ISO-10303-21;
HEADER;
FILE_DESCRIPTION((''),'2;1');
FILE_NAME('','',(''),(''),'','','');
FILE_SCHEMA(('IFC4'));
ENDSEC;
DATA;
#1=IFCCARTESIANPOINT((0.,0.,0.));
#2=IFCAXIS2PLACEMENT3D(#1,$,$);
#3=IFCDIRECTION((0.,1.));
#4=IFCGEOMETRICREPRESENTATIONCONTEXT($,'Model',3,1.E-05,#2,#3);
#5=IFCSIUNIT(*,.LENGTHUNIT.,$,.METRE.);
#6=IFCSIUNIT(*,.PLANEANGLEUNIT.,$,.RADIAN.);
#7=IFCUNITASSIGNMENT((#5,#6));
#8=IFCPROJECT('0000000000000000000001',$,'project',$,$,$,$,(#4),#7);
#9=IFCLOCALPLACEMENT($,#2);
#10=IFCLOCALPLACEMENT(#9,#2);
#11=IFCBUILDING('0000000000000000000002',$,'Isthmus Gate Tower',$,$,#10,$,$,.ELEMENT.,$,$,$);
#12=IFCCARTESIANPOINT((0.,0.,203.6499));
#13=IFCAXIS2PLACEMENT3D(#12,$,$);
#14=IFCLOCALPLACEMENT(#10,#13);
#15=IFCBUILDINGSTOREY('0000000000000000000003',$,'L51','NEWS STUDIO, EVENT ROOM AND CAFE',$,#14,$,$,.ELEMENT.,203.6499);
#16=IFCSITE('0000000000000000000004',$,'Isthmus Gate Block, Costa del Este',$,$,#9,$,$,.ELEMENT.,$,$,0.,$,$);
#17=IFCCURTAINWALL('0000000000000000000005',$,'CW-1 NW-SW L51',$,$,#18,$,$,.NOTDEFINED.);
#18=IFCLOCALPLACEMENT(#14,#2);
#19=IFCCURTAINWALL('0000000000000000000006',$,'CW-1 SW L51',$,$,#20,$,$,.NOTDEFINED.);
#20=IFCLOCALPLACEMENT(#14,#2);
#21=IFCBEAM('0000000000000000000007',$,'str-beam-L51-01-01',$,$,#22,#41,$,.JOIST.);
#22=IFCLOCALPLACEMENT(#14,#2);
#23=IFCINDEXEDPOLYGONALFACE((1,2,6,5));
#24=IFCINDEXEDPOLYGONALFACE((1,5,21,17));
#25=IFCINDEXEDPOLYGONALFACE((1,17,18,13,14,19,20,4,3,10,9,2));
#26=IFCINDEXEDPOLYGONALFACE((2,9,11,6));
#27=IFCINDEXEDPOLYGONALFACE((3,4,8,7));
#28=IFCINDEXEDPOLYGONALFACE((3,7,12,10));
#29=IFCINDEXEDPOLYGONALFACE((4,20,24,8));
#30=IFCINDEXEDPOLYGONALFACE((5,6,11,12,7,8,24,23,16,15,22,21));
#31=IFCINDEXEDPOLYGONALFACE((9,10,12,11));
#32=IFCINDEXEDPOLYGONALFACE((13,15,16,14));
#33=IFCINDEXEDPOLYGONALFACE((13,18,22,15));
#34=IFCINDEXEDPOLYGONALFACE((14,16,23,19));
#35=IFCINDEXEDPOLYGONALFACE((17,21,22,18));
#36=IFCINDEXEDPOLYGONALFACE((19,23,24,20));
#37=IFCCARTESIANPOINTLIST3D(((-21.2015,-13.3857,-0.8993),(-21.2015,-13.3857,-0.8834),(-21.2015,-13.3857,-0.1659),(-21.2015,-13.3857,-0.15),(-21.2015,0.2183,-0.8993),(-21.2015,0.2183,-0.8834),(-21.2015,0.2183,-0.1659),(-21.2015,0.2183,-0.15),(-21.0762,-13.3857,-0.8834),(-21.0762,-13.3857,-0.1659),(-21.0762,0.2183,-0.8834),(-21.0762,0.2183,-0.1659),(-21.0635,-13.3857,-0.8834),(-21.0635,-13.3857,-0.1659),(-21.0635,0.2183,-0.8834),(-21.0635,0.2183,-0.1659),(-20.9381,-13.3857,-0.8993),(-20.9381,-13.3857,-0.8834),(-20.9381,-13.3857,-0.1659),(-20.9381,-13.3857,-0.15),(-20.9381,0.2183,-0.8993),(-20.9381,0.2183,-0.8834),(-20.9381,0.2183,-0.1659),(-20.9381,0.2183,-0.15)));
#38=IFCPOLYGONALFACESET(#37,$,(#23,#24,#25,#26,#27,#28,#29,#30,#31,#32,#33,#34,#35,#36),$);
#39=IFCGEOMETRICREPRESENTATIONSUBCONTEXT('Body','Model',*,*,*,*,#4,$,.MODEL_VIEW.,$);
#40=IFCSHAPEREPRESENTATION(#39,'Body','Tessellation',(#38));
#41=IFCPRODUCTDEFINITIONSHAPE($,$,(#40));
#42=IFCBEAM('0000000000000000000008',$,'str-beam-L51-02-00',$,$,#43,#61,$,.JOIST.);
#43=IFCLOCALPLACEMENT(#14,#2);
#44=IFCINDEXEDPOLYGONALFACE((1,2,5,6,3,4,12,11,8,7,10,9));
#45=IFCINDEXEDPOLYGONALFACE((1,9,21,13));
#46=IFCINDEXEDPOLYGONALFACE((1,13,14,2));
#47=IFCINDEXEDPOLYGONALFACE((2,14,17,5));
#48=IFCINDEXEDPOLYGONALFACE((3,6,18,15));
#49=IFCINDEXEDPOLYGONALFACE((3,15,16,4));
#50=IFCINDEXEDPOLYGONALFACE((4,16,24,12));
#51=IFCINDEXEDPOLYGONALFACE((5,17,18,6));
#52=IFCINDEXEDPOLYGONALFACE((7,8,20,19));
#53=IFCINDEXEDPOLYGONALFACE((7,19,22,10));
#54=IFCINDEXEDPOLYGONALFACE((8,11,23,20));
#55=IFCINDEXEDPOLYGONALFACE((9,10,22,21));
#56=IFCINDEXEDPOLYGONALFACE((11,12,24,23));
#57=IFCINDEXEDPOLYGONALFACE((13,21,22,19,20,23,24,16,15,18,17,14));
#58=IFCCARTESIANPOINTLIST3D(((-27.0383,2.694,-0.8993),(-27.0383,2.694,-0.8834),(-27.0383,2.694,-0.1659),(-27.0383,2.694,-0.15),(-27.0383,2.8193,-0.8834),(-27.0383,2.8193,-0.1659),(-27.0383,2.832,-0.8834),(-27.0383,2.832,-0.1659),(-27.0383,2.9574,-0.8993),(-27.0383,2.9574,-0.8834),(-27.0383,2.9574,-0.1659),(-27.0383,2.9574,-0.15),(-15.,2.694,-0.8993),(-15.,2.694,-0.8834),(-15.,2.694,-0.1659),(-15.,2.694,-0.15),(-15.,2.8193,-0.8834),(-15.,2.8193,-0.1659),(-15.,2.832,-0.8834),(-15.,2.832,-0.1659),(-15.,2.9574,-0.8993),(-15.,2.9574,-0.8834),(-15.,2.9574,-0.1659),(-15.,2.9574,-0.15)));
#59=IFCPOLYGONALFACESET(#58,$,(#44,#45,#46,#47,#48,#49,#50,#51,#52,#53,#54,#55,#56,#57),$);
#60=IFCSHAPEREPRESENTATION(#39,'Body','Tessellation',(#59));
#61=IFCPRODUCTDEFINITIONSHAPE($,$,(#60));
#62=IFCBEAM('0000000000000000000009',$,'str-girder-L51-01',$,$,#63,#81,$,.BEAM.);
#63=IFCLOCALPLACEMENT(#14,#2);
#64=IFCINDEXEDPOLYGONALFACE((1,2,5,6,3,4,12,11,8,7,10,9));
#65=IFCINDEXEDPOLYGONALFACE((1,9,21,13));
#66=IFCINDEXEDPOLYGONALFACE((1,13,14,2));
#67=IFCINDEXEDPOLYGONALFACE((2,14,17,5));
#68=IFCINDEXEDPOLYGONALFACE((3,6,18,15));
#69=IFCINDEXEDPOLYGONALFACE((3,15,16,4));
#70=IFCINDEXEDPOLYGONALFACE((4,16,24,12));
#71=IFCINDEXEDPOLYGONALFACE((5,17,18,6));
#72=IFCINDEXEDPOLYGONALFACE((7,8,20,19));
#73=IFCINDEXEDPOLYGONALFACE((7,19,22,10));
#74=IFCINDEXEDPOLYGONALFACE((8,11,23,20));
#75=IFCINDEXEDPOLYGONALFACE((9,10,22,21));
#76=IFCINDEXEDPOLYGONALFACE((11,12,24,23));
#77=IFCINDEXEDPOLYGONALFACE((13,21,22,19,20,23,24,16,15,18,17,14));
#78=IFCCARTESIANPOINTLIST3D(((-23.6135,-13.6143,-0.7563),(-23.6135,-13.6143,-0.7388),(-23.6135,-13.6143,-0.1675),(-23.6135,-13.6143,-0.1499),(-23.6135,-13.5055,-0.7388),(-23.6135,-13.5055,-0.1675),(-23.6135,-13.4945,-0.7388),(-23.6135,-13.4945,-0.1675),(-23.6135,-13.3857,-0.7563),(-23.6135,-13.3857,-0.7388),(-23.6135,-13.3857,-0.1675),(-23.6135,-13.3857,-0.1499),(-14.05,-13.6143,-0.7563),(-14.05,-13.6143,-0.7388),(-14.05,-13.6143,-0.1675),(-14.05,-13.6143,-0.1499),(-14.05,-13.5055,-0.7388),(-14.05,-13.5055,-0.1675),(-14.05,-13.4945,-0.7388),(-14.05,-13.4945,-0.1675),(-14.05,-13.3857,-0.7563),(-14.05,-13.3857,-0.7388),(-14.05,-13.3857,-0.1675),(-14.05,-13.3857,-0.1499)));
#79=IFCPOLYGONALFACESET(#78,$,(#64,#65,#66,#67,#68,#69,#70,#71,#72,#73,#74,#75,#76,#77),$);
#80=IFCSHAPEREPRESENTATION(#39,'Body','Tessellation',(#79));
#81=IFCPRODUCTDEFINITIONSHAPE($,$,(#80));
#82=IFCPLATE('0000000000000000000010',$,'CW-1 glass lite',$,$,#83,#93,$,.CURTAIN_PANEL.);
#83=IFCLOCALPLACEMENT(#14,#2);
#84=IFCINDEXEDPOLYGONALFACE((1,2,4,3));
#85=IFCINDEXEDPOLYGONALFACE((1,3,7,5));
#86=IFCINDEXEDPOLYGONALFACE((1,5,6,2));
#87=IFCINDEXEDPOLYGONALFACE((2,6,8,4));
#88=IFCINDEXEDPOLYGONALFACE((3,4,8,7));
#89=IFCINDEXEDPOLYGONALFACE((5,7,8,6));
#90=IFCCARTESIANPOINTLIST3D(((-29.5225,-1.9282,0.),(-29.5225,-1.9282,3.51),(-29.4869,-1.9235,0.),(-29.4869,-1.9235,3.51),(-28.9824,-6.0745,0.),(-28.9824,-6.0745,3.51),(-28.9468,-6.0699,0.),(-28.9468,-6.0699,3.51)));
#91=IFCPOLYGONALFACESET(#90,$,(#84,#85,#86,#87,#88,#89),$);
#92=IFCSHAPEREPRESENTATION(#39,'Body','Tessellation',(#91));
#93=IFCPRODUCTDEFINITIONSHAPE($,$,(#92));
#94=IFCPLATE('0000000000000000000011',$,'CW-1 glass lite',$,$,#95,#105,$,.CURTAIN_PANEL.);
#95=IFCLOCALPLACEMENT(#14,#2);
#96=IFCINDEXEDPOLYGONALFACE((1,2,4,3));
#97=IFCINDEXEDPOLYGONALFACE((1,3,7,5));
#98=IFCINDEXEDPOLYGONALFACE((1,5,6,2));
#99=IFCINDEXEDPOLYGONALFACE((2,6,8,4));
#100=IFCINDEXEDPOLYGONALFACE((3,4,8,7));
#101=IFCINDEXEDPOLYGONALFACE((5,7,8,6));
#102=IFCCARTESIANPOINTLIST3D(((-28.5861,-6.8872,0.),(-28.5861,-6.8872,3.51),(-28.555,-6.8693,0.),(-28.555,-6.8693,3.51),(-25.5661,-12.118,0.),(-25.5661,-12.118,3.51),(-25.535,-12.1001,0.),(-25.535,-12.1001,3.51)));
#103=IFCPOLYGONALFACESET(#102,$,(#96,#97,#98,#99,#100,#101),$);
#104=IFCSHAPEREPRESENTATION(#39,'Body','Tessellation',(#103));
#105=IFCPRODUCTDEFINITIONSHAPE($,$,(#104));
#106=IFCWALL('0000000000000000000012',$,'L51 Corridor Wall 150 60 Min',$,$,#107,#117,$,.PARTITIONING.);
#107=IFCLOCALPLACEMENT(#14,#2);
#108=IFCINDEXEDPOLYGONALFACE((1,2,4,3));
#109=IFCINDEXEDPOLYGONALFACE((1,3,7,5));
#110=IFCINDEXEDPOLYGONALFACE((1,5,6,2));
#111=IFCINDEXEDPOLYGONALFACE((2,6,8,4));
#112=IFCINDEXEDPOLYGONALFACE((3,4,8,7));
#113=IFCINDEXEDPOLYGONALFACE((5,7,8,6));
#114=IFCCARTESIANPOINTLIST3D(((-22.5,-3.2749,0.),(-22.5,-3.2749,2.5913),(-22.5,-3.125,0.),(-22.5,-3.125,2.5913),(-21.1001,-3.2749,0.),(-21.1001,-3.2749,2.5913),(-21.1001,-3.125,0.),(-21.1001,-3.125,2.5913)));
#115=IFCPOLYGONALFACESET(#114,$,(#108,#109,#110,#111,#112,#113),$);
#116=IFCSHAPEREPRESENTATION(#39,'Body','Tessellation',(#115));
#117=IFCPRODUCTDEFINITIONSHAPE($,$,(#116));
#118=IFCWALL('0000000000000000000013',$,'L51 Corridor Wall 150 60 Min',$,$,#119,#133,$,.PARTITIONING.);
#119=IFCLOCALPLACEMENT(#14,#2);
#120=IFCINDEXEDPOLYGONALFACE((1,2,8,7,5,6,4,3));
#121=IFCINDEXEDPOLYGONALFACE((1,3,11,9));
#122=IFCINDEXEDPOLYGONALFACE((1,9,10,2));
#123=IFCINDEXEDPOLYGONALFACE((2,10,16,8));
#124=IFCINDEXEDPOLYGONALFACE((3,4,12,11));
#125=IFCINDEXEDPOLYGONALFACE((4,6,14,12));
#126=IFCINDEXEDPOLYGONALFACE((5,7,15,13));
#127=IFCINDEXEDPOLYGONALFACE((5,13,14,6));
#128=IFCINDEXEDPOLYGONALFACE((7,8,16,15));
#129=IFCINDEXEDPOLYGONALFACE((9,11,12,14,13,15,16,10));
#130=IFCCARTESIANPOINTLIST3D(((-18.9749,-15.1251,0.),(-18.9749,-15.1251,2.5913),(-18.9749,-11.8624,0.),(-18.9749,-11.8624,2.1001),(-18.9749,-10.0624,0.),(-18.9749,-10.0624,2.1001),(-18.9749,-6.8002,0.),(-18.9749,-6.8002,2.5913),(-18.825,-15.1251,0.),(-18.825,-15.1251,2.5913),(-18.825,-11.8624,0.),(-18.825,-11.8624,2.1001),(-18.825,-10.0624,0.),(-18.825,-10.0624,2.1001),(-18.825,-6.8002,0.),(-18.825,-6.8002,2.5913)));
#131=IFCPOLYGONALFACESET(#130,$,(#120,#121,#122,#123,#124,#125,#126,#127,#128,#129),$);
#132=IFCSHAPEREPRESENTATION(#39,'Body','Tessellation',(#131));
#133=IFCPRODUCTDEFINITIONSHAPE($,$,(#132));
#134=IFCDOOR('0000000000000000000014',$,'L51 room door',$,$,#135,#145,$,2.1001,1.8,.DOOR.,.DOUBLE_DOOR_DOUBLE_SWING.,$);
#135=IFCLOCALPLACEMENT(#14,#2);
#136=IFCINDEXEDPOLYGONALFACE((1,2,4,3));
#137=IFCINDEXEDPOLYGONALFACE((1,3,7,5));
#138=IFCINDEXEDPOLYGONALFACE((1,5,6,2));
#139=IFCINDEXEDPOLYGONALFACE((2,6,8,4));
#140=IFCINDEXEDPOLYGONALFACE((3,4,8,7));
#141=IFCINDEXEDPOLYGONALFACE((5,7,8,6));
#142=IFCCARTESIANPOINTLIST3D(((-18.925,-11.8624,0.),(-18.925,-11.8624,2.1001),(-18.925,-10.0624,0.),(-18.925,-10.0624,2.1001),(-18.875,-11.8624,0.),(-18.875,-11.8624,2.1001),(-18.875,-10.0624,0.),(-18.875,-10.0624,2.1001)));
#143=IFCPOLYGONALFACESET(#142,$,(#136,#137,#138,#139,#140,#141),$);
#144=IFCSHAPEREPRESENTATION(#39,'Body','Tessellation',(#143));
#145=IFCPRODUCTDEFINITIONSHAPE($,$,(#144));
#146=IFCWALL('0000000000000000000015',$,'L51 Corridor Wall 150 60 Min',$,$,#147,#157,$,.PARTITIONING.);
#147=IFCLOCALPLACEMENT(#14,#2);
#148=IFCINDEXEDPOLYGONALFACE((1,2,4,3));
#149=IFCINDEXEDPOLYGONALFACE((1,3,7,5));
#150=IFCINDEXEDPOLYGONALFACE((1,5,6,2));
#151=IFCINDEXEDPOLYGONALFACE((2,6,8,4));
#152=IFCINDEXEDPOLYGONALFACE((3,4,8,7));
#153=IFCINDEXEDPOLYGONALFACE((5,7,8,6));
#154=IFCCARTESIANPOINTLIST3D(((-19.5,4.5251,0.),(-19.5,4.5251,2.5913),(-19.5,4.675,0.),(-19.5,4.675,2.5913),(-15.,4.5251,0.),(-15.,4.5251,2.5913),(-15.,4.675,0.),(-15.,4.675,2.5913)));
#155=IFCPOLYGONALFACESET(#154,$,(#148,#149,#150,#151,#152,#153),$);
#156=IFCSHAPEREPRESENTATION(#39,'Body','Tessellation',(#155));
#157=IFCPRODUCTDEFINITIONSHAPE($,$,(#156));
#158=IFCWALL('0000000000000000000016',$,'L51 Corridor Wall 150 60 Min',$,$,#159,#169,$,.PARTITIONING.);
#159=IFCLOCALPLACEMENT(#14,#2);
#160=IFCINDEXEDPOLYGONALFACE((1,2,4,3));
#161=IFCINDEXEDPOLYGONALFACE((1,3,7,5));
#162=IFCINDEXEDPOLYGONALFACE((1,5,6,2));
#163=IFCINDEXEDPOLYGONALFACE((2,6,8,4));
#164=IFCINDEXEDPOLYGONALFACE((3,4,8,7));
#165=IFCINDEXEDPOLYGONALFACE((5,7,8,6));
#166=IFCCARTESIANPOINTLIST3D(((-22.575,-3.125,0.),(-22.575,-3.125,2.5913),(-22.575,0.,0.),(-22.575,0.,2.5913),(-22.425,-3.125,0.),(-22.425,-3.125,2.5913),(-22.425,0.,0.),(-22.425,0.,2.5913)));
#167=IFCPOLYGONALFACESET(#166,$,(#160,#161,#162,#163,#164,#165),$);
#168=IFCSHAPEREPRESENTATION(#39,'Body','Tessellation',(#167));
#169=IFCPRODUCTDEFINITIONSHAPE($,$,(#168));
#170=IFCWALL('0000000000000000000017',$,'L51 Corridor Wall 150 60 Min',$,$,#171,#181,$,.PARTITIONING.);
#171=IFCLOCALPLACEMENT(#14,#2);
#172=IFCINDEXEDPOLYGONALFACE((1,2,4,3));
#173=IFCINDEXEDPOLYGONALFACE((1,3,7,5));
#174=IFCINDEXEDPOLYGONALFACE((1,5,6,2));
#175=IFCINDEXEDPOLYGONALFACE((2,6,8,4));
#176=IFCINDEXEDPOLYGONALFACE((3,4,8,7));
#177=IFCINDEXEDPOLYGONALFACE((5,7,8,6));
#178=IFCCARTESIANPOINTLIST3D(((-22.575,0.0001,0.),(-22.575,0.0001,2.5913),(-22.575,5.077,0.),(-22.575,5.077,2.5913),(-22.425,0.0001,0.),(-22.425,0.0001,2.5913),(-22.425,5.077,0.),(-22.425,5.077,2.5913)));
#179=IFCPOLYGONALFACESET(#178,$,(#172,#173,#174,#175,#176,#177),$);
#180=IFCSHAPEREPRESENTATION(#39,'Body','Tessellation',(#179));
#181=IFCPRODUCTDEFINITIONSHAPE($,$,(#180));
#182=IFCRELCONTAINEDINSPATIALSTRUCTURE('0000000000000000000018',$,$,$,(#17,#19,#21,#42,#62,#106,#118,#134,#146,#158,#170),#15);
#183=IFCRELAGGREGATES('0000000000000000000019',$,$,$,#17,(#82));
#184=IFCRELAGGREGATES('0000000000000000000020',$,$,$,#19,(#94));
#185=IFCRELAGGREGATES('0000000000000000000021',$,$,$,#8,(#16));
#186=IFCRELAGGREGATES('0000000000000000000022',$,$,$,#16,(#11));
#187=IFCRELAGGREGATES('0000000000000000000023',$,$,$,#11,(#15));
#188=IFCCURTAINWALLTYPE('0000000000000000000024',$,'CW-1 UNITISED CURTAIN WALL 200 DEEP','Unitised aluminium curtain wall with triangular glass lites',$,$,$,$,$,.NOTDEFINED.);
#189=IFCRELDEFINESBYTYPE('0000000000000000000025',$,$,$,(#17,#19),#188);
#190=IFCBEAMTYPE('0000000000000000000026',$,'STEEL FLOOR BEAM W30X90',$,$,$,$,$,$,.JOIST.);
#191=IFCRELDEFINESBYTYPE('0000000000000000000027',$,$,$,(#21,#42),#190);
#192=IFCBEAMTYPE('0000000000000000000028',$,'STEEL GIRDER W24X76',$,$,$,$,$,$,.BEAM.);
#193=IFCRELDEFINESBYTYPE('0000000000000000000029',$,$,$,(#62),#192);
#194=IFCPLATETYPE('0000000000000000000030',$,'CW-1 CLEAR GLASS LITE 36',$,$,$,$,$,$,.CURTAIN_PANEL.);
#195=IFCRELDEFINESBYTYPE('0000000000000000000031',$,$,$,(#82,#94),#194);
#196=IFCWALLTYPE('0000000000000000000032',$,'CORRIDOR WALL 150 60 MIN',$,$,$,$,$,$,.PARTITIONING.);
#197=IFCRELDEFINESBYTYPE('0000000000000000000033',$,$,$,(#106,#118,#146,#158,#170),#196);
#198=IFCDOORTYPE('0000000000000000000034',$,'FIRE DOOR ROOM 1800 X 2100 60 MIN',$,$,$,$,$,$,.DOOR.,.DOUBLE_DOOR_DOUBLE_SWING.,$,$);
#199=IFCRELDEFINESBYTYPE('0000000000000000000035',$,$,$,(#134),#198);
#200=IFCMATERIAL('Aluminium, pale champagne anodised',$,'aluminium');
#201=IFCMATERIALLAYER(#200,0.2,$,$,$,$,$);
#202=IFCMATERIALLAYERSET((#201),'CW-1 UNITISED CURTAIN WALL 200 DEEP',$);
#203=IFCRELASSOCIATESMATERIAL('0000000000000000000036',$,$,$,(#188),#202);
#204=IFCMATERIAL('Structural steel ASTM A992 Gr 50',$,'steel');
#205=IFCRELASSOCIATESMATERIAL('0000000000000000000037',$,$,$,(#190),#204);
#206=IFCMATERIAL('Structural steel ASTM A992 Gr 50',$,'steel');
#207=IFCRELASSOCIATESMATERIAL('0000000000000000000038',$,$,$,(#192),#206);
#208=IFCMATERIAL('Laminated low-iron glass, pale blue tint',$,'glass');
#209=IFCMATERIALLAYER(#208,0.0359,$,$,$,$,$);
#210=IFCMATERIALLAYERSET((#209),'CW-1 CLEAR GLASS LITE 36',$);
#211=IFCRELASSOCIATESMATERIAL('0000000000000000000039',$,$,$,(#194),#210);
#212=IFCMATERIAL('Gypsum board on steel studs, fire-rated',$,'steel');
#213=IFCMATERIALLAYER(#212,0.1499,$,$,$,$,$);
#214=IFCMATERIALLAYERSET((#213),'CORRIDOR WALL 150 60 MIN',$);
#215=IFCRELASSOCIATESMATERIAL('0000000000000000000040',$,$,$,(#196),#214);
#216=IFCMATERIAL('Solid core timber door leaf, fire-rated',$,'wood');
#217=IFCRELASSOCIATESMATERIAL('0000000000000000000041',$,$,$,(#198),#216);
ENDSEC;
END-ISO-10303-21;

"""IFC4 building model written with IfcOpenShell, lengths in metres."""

from ifc_helpers import new_model, si_unit, direction, frame, frame_2d, origin, origin_2d, place, context, subcontext, project, spatial, rectangle, i_section, extrude, material, layer, layer_set, material_profile, profile_set, type_object, element, fill, aggregate, save


model = new_model("IFC4")

# Units and contexts
model_context = context("Model", 3, precision=1e-05, world=origin(), true_north=direction((0.0, 1.0)))
body_context = subcontext(model_context, "Body", "Model", "MODEL_VIEW")
ifc_project = project(units=[si_unit("LENGTHUNIT", "METRE"), si_unit("PLANEANGLEUNIT", "RADIAN")], contexts=[model_context])

# Site, building, storey
site_placement = place(None, origin())
site = spatial("IfcSite", under=ifc_project, at=site_placement, Name="Isthmus Gate Block, Costa del Este", CompositionType="ELEMENT", RefElevation=0.0)
building_placement = place(site_placement, origin())
building = spatial("IfcBuilding", under=site, at=building_placement, Name="Isthmus Gate Tower", CompositionType="ELEMENT")
storey_placement = place(building_placement, frame((0.0, 0.0, 203.6499)))
storey = spatial("IfcBuildingStorey", under=building, at=storey_placement, Name="L51", Description="NEWS STUDIO, EVENT ROOM AND CAFE", CompositionType="ELEMENT", Elevation=203.6499)

# Curtain walls
ifc_material_1 = material(Name="Aluminium, pale champagne anodised", Category="aluminium")
ifc_layer_1 = layer(ifc_material_1, 0.2)
ifc_layer_set_1 = layer_set([ifc_layer_1], Name="CW-1 UNITISED CURTAIN WALL 200 DEEP")
curtain_wall_type = type_object("IfcCurtainWallType", Name="CW-1 UNITISED CURTAIN WALL 200 DEEP", Description="Unitised aluminium curtain wall with triangular glass lites", PredefinedType="NOTDEFINED", material=ifc_layer_set_1)
curtain_wall_1_placement = place(storey_placement, origin())
curtain_wall_1 = element("IfcCurtainWall", 1, at=curtain_wall_1_placement, inside=storey, type_object=curtain_wall_type, Name="CW-1 NW-SW L51", PredefinedType="NOTDEFINED")
curtain_wall_2_placement = place(storey_placement, origin())
curtain_wall_2 = element("IfcCurtainWall", 2, at=curtain_wall_2_placement, inside=storey, type_object=curtain_wall_type, Name="CW-1 SW L51", PredefinedType="NOTDEFINED")

# Beams
ifc_material_2 = material(Name="Structural steel ASTM A992 Gr 50", Category="steel")
ifc_material_profile_1 = material_profile(ifc_material_2, i_section(OverallWidth=0.2634, OverallDepth=0.7493, WebThickness=0.0127, FlangeThickness=0.0159, at=origin_2d()), Name="W30X90")
ifc_profile_set_1 = profile_set([ifc_material_profile_1], Name="Structural steel ASTM A992 Gr 50")
beam_type_1 = type_object("IfcBeamType", Name="STEEL FLOOR BEAM W30X90", PredefinedType="JOIST", material=ifc_profile_set_1)
beam_1_placement = place(storey_placement, frame((-21.0698, -13.3857, -0.5247), z_axis=(0.0, 1.0, 0.0), x_axis=(-1.0, 0.0, 0.0)))
element("IfcBeam", 3, at=beam_1_placement, inside=storey, type_object=beam_type_1, Name="str-beam-L51-01-01", PredefinedType="JOIST", context=body_context, shape_type="SweptSolid", body=[
    extrude(i_section(OverallWidth=0.2634, OverallDepth=0.7493, WebThickness=0.0127, FlangeThickness=0.0159, at=origin_2d()), origin(), (0.0, 0.0, 1.0), 13.604),
])
beam_2_placement = place(storey_placement, frame((-27.0383, 2.8257, -0.5247), z_axis=(1.0, 0.0, 0.0), x_axis=(0.0, 1.0, 0.0)))
element("IfcBeam", 4, at=beam_2_placement, inside=storey, type_object=beam_type_1, Name="str-beam-L51-02-00", PredefinedType="JOIST", context=body_context, shape_type="SweptSolid", body=[
    extrude(i_section(OverallWidth=0.2634, OverallDepth=0.7493, WebThickness=0.0127, FlangeThickness=0.0159, at=origin_2d()), origin(), (0.0, 0.0, 1.0), 12.0383),
])
ifc_material_3 = material(Name="Structural steel ASTM A992 Gr 50", Category="steel")
ifc_material_profile_2 = material_profile(ifc_material_3, i_section(OverallWidth=0.2285, OverallDepth=0.6064, WebThickness=0.011, FlangeThickness=0.0176, at=origin_2d()), Name="W24X76")
ifc_profile_set_2 = profile_set([ifc_material_profile_2], Name="Structural steel ASTM A992 Gr 50")
beam_type_2 = type_object("IfcBeamType", Name="STEEL GIRDER W24X76", PredefinedType="BEAM", material=ifc_profile_set_2)
beam_3_placement = place(storey_placement, frame((-23.6135, -13.5, -0.4531), z_axis=(1.0, 0.0, 0.0), x_axis=(0.0, 1.0, 0.0)))
element("IfcBeam", 5, at=beam_3_placement, inside=storey, type_object=beam_type_2, Name="str-girder-L51-01", PredefinedType="BEAM", context=body_context, shape_type="SweptSolid", body=[
    extrude(i_section(OverallWidth=0.2285, OverallDepth=0.6064, WebThickness=0.011, FlangeThickness=0.0176, at=origin_2d()), origin(), (0.0, 0.0, 1.0), 9.5635),
])

# Plates
ifc_material_4 = material(Name="Laminated low-iron glass, pale blue tint", Category="glass")
ifc_layer_2 = layer(ifc_material_4, 0.0359)
ifc_layer_set_2 = layer_set([ifc_layer_2], Name="CW-1 CLEAR GLASS LITE 36")
plate_type = type_object("IfcPlateType", Name="CW-1 CLEAR GLASS LITE 36", PredefinedType="CURTAIN_PANEL", material=ifc_layer_set_2)
plate_1_placement = place(storey_placement, frame((-29.2346, -3.999, 0.0), z_axis=(0.0, 0.0, 1.0), x_axis=(0.129165, -0.991623, 0.0)))
plate_1 = element("IfcPlate", 6, at=plate_1_placement, type_object=plate_type, Name="CW-1 glass lite", PredefinedType="CURTAIN_PANEL", context=body_context, shape_type="SweptSolid", body=[
    extrude(rectangle(XDim=4.1814, YDim=0.0359, at=origin_2d()), origin(), (0.0, 0.0, 1.0), 3.51),
])
aggregate(curtain_wall_1, [plate_1])
plate_2_placement = place(storey_placement, frame((-27.0605, -9.4937, 0.0), z_axis=(0.0, 0.0, 1.0), x_axis=(0.5, -0.866025, 0.0)))
plate_2 = element("IfcPlate", 7, at=plate_2_placement, type_object=plate_type, Name="CW-1 glass lite", PredefinedType="CURTAIN_PANEL", context=body_context, shape_type="SweptSolid", body=[
    extrude(rectangle(XDim=6.04, YDim=0.0359, at=origin_2d()), origin(), (0.0, 0.0, 1.0), 3.51),
])
aggregate(curtain_wall_2, [plate_2])

# Wall
ifc_material_5 = material(Name="Gypsum board on steel studs, fire-rated", Category="steel")
ifc_layer_3 = layer(ifc_material_5, 0.1499)
ifc_layer_set_3 = layer_set([ifc_layer_3], Name="CORRIDOR WALL 150 60 MIN")
wall_type_1 = type_object("IfcWallType", Name="CORRIDOR WALL 150 60 MIN", PredefinedType="PARTITIONING", material=ifc_layer_set_3)
wall_1_placement = place(storey_placement, frame((-21.1001, -3.2, 0.0), z_axis=(0.0, 0.0, 1.0), x_axis=(-1.0, 0.0, 0.0)))
element("IfcWall", 8, at=wall_1_placement, inside=storey, type_object=wall_type_1, Name="L51 Corridor Wall 150 60 Min", PredefinedType="PARTITIONING", context=body_context, shape_type="SweptSolid", body=[
    extrude(rectangle(XDim=1.3999, YDim=0.1499, at=frame_2d((0.7, 0.0))), origin(), (0.0, 0.0, 1.0), 2.5913),
])

# Wall, opening, door
wall_2_placement = place(storey_placement, frame((-18.8999, -6.8, 0.0), z_axis=(0.0, 0.0, 1.0), x_axis=(0.0, -1.0, 0.0)))
wall_2 = element("IfcWall", 9, at=wall_2_placement, inside=storey, type_object=wall_type_1, Name="L51 Corridor Wall 150 60 Min", PredefinedType="PARTITIONING", context=body_context, shape_type="SweptSolid", body=[
    extrude(rectangle(XDim=8.325, YDim=0.1499, at=frame_2d((4.1626, 0.0))), origin(), (0.0, 0.0, 1.0), 2.5913),
])
opening_1_placement = place(wall_2_placement, frame((3.2625, 0.0, 0.0)))
opening_1 = element("IfcOpeningElement", 10, at=opening_1_placement, cuts=wall_2, PredefinedType="OPENING", context=body_context, shape_type="SweptSolid", body=[
    extrude(rectangle(XDim=1.8, YDim=2.1001, at=frame_2d((0.8999, 1.05))), frame((0.0, 0.085, 0.0), z_axis=(0.0, -1.0, 0.0), x_axis=(1.0, 0.0, 0.0)), (0.0, 0.0, 1.0), 0.1699),
])
ifc_material_6 = material(Name="Solid core timber door leaf, fire-rated", Category="wood")
door_type_1 = type_object("IfcDoorType", Name="FIRE DOOR ROOM 1800 X 2100 60 MIN", OperationType="DOUBLE_DOOR_DOUBLE_SWING", PredefinedType="DOOR", material=ifc_material_6)
door_1_placement = place(opening_1_placement, origin())
door_1 = element("IfcDoor", 11, at=door_1_placement, inside=storey, type_object=door_type_1, Name="L51 room door", OperationType="DOUBLE_DOOR_DOUBLE_SWING", OverallHeight=2.1001, OverallWidth=1.8, PredefinedType="DOOR", context=body_context, shape_type="SweptSolid", body=[
    extrude(rectangle(XDim=1.8, YDim=2.1001, at=frame_2d((0.8999, 1.05))), frame((0.0, 0.0249, 0.0), z_axis=(0.0, -1.0, 0.0), x_axis=(1.0, 0.0, 0.0)), (0.0, 0.0, 1.0), 0.05),
])
fill(opening_1, door_1)

# Walls
wall_3_placement = place(storey_placement, frame((-19.5, 4.6001, 0.0), z_axis=(0.0, 0.0, 1.0), x_axis=(1.0, 0.0, 0.0)))
element("IfcWall", 12, at=wall_3_placement, inside=storey, type_object=wall_type_1, Name="L51 Corridor Wall 150 60 Min", PredefinedType="PARTITIONING", context=body_context, shape_type="SweptSolid", body=[
    extrude(rectangle(XDim=4.5, YDim=0.1499, at=frame_2d((2.25, 0.0))), origin(), (0.0, 0.0, 1.0), 2.5913),
])
wall_4_placement = place(storey_placement, frame((-22.5, -3.125, 0.0), z_axis=(0.0, 0.0, 1.0), x_axis=(0.0, 1.0, 0.0)))
element("IfcWall", 13, at=wall_4_placement, inside=storey, type_object=wall_type_1, Name="L51 Corridor Wall 150 60 Min", PredefinedType="PARTITIONING", context=body_context, shape_type="SweptSolid", body=[
    extrude(rectangle(XDim=3.125, YDim=0.1499, at=frame_2d((1.5625, 0.0))), origin(), (0.0, 0.0, 1.0), 2.5913),
])
wall_5_placement = place(storey_placement, frame((-22.5, 0.0, 0.0), z_axis=(0.0, 0.0, 1.0), x_axis=(0.0, 1.0, 0.0)))
element("IfcWall", 14, at=wall_5_placement, inside=storey, type_object=wall_type_1, Name="L51 Corridor Wall 150 60 Min", PredefinedType="PARTITIONING", context=body_context, shape_type="SweptSolid", body=[
    extrude(rectangle(XDim=5.0769, YDim=0.1499, at=frame_2d((2.5386, 0.0))), origin(), (0.0, 0.0, 1.0), 2.5913),
])

save(model, "model.ifc")
